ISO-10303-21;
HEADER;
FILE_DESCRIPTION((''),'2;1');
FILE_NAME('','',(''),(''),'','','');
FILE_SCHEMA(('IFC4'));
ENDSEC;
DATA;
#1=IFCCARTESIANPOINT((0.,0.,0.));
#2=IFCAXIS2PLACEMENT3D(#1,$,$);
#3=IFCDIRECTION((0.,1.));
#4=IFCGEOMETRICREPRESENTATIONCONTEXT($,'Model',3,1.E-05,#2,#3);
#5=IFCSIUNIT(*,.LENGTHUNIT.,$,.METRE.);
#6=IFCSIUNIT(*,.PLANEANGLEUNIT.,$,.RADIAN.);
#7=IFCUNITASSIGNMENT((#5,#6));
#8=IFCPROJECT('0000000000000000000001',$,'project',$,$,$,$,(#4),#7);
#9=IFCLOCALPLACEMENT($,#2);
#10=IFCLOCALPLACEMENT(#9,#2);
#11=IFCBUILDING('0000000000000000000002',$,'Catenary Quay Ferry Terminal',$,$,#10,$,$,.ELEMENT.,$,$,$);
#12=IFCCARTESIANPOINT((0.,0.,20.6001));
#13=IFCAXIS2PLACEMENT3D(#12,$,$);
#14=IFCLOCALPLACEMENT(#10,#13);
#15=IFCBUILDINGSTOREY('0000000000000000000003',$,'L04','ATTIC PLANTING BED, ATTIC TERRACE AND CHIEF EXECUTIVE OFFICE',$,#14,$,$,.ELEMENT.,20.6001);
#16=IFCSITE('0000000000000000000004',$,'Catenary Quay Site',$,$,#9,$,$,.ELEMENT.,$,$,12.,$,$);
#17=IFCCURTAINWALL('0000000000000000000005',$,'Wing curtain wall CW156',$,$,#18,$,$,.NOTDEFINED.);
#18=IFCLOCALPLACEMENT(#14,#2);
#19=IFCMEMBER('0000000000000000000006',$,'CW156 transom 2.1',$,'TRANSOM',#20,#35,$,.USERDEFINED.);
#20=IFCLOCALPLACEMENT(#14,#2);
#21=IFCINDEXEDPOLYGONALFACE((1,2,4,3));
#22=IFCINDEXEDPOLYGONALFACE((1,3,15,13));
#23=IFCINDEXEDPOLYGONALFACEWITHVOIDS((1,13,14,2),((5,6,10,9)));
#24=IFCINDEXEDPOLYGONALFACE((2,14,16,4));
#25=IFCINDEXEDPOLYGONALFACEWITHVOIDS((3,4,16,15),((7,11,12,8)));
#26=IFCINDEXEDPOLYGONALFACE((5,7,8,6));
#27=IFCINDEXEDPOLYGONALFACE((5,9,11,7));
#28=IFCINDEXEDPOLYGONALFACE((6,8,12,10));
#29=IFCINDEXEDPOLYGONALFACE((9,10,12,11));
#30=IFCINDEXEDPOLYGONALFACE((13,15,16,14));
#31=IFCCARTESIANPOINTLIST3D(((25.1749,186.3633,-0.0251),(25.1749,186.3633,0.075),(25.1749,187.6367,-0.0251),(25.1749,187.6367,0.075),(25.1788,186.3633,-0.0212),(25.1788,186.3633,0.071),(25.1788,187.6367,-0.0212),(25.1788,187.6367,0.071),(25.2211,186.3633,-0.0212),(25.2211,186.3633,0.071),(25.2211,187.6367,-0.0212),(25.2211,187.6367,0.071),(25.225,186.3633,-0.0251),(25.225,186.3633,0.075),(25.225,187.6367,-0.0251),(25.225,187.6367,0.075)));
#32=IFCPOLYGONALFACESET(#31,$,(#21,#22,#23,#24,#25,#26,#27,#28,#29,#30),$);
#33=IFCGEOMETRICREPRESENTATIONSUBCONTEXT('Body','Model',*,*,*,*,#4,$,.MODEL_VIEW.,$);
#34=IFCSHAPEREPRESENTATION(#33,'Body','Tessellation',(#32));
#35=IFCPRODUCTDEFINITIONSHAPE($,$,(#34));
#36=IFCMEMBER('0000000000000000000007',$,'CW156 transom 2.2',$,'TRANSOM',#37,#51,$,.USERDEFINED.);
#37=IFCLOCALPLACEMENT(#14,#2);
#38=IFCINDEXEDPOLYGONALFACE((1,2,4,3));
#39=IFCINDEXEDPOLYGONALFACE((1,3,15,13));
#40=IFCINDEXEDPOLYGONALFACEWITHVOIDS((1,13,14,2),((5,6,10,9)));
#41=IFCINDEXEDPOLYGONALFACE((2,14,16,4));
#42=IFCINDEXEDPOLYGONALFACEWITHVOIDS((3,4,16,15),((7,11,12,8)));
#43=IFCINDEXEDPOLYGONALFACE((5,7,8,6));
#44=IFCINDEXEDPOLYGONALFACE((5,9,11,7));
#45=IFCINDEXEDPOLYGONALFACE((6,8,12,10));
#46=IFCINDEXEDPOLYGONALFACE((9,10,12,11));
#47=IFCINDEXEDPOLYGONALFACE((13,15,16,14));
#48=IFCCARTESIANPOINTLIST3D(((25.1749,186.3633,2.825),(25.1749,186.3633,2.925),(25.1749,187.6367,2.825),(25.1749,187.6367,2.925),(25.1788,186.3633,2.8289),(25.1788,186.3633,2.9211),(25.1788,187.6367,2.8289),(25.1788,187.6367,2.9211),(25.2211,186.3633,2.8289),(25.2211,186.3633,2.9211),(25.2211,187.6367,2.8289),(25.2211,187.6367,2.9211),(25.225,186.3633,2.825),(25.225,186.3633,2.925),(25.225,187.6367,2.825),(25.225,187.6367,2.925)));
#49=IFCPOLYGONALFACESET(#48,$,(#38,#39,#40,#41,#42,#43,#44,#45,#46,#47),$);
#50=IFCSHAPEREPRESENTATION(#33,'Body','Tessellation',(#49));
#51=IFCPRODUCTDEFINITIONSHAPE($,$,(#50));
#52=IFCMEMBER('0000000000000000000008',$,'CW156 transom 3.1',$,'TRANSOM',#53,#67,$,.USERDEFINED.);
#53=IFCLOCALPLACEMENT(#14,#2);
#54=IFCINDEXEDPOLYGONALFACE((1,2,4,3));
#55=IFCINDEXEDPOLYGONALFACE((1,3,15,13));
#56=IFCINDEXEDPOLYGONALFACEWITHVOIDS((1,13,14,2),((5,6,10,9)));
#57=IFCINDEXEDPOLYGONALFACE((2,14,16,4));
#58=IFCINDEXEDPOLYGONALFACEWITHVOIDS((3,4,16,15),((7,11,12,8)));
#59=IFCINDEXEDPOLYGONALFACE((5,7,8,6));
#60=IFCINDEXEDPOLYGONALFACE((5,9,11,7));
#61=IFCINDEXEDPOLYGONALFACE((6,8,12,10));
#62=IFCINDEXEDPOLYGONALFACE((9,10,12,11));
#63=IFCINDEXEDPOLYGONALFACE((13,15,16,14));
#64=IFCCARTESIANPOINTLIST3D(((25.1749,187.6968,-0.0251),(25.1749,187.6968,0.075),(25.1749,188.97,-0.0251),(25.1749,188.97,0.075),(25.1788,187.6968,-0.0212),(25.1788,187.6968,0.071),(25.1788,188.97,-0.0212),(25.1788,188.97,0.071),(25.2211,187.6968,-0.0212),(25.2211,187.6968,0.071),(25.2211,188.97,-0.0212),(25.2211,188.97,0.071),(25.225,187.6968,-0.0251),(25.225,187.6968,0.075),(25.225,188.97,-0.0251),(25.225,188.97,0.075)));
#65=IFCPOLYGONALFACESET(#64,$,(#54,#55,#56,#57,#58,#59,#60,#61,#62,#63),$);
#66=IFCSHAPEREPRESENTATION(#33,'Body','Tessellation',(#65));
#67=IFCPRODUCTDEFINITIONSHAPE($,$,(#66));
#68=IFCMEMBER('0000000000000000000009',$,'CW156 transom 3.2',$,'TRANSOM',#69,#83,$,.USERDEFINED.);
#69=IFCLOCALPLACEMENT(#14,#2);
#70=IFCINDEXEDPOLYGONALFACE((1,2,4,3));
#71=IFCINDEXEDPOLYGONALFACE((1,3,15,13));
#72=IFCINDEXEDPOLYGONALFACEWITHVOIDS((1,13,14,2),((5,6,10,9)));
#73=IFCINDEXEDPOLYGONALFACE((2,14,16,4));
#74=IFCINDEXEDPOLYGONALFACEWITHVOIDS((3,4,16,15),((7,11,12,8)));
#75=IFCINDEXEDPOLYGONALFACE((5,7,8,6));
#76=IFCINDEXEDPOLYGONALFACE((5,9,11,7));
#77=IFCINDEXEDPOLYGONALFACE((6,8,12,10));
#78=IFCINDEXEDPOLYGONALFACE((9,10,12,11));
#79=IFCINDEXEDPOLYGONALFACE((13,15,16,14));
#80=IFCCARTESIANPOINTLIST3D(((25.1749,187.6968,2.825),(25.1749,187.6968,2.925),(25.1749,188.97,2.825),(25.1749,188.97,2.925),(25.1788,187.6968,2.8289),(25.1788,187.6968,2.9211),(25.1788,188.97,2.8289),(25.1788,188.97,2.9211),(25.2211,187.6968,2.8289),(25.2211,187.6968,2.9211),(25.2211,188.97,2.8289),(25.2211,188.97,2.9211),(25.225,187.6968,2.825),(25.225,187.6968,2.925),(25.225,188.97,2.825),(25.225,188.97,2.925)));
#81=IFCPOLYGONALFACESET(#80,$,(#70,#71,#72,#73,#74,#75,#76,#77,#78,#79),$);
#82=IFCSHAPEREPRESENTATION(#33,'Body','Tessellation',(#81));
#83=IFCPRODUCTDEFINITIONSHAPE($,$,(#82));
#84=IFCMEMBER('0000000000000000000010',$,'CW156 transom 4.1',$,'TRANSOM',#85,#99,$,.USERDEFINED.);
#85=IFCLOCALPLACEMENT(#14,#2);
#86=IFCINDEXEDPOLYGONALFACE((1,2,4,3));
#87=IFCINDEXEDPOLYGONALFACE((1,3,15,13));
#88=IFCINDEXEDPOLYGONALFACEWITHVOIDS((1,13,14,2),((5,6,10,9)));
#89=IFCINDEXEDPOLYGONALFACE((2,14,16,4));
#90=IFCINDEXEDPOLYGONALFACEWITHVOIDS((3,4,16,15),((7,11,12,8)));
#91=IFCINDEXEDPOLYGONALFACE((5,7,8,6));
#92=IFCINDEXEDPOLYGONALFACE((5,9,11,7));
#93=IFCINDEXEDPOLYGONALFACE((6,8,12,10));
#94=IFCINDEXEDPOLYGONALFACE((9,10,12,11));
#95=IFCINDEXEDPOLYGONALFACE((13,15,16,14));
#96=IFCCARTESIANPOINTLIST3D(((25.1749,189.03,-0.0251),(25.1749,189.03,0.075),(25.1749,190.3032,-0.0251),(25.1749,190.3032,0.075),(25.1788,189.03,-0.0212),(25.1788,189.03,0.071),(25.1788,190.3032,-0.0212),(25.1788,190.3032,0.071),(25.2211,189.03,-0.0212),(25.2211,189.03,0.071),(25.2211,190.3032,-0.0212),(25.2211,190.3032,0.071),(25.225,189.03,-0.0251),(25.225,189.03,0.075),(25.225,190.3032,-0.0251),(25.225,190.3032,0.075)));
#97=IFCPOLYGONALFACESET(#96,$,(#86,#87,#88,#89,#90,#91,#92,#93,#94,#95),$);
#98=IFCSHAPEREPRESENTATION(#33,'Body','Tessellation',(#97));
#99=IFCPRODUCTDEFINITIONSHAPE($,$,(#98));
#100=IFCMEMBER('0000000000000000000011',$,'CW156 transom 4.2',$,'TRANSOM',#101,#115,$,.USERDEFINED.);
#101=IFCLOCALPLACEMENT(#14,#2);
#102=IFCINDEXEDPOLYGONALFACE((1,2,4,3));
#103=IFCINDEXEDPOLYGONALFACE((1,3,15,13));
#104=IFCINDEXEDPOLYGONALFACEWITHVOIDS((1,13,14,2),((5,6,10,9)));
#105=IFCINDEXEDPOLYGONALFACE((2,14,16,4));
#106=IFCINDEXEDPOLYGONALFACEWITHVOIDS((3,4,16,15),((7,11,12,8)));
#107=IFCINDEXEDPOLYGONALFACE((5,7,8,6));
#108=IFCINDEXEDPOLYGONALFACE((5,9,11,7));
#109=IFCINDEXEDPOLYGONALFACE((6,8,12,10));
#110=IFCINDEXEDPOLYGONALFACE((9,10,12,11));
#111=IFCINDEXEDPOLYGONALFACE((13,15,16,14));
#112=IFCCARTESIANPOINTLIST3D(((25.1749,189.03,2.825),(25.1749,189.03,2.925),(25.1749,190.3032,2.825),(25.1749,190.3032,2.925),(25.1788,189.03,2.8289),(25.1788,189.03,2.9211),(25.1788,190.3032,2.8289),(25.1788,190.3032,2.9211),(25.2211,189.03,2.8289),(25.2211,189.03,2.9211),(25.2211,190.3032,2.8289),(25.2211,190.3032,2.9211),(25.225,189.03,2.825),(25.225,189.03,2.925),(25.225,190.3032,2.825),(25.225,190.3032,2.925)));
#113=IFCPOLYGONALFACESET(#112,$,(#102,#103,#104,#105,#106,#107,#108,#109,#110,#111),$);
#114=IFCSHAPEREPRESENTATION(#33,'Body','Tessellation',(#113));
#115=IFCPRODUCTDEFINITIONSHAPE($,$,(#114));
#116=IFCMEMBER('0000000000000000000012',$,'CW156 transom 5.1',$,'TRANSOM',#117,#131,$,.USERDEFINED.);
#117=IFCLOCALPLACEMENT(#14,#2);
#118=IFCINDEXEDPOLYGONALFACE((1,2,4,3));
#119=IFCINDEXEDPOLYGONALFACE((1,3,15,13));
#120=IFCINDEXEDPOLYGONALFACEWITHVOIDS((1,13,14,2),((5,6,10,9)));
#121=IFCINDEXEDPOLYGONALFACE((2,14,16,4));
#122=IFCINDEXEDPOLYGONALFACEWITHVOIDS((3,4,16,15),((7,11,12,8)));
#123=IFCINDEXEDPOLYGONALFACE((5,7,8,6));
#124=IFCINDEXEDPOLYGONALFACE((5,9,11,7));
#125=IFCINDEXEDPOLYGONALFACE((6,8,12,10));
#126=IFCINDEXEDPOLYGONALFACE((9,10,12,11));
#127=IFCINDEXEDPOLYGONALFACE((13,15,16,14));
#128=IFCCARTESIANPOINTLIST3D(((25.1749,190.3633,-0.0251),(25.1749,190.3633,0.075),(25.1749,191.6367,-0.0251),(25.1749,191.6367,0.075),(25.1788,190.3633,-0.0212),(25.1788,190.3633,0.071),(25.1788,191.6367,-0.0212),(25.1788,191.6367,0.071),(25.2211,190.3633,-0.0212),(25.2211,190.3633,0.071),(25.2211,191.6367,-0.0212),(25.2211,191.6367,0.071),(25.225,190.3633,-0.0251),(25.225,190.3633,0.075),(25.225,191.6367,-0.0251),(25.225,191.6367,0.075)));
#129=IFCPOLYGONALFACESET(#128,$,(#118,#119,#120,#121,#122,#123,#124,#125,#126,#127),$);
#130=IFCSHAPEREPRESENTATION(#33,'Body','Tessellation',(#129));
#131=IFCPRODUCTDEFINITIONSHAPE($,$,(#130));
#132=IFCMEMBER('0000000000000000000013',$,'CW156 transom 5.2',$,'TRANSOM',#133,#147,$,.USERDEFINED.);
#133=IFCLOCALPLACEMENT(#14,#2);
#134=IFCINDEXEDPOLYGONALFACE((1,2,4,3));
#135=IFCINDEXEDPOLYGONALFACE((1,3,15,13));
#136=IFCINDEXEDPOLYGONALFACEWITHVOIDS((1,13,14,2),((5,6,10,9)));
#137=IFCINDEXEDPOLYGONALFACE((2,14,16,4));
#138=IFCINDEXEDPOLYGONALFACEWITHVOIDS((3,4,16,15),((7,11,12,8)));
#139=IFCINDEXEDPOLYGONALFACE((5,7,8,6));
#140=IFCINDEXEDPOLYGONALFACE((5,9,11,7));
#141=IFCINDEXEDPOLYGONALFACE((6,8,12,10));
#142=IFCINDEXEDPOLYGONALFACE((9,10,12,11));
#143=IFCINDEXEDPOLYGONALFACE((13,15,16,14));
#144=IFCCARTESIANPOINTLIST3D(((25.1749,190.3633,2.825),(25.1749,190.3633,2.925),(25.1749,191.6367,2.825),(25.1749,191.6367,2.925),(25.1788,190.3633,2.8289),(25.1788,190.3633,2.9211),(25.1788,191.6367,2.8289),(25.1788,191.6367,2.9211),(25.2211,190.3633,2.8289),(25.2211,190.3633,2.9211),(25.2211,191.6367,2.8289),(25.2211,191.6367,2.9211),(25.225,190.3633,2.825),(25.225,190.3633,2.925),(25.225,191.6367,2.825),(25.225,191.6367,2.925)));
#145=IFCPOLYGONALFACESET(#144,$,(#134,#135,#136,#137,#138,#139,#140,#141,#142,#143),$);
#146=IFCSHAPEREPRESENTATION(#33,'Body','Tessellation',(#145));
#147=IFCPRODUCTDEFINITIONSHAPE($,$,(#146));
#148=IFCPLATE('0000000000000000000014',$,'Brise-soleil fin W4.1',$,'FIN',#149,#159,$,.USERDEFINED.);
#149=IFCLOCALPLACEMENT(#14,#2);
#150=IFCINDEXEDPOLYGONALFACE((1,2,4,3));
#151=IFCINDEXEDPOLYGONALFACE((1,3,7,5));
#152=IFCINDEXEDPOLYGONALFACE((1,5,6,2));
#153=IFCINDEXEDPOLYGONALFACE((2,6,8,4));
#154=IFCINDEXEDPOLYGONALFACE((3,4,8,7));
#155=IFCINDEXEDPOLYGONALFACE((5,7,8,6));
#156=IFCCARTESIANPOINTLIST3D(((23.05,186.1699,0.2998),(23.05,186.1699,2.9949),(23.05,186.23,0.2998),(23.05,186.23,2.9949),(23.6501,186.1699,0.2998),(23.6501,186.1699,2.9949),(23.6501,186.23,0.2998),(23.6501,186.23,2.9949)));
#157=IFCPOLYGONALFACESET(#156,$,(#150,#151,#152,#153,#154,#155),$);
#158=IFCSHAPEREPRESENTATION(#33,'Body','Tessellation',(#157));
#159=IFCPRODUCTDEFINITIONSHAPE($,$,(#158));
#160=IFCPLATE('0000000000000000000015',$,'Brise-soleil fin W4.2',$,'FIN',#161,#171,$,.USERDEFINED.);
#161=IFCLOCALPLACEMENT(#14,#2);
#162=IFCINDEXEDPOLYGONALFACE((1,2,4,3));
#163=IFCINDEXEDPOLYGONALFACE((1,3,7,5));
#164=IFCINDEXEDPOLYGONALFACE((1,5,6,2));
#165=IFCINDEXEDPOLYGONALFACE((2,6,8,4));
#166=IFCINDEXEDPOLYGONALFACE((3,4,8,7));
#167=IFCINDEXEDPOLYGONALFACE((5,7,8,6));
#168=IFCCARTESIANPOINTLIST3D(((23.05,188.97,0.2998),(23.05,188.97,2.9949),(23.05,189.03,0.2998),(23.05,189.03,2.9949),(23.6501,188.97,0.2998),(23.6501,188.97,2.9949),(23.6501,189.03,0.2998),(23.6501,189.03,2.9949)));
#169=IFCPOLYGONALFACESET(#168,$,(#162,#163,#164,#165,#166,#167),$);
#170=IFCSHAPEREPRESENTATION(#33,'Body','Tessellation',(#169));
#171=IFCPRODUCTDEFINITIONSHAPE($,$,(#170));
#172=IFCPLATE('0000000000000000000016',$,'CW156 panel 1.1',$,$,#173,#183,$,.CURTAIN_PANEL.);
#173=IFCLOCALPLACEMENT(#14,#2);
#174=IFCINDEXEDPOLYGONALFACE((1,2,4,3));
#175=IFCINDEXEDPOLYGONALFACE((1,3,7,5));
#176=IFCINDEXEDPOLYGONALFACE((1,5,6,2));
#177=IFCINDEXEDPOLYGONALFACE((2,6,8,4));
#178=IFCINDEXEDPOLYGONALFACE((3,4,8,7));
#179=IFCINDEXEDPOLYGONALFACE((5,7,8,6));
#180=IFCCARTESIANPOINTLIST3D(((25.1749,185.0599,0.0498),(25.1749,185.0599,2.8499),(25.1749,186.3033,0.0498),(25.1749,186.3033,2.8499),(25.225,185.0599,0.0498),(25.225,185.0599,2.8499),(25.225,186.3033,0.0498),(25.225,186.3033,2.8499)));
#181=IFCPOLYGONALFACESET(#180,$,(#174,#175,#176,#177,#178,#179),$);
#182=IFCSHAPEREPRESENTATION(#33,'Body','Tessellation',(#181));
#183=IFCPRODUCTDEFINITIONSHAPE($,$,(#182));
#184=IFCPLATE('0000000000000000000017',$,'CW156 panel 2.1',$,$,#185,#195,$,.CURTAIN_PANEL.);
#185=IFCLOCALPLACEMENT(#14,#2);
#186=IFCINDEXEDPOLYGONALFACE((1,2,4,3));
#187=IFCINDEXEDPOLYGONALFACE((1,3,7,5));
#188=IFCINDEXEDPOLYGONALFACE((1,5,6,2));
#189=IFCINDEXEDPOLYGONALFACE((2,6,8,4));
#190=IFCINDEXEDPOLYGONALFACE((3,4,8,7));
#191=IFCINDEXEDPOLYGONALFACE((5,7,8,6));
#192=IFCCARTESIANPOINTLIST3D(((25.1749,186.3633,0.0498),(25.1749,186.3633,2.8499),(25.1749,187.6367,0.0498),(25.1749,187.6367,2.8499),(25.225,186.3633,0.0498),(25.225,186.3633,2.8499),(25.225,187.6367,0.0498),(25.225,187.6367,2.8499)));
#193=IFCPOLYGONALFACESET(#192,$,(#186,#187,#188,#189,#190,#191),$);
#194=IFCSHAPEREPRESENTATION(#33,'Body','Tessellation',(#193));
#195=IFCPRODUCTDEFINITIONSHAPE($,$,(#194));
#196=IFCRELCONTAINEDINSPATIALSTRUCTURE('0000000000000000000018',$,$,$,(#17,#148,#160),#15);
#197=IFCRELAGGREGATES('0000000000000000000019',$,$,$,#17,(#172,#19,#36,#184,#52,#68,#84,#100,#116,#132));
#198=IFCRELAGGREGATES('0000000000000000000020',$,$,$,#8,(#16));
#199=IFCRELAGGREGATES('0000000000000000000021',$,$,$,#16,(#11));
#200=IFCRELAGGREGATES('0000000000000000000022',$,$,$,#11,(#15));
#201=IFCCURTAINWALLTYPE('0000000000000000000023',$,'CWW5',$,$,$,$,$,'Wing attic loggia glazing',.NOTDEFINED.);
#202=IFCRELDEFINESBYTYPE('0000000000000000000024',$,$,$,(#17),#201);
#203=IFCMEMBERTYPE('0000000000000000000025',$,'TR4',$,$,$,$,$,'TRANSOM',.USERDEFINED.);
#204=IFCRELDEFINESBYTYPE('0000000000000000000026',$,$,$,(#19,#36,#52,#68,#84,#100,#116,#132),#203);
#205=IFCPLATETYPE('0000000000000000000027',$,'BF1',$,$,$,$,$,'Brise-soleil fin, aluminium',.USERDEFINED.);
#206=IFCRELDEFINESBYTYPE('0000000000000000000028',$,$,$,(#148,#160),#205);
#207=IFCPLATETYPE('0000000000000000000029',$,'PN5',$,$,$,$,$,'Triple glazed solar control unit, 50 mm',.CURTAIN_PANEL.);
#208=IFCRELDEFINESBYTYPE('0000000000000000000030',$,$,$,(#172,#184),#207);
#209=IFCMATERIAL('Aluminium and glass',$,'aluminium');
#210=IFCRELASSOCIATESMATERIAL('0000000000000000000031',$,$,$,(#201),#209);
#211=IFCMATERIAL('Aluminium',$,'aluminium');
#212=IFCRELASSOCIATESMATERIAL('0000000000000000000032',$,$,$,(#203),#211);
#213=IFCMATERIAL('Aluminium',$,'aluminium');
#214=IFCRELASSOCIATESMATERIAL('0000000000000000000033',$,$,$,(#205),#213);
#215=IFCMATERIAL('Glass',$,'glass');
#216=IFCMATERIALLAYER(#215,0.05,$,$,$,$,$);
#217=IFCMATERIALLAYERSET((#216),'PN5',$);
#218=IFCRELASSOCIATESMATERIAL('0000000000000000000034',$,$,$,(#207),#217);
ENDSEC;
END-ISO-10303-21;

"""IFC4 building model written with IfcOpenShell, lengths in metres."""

from ifc_helpers import new_model, si_unit, direction, frame, origin, origin_2d, place, context, subcontext, project, spatial, rectangle, hollow_rectangle, extrude, material, layer, layer_set, material_profile, profile_set, type_object, element, aggregate, save


model = new_model("IFC4")

# Units and contexts
model_context = context("Model", 3, precision=1e-05, world=origin(), true_north=direction((0.0, 1.0)))
body_context = subcontext(model_context, "Body", "Model", "MODEL_VIEW")
ifc_project = project(units=[si_unit("LENGTHUNIT", "METRE"), si_unit("PLANEANGLEUNIT", "RADIAN")], contexts=[model_context])

# Site, building, storey
site_placement = place(None, origin())
site = spatial("IfcSite", under=ifc_project, at=site_placement, Name="Catenary Quay Site", CompositionType="ELEMENT", RefElevation=12.0)
building_placement = place(site_placement, origin())
building = spatial("IfcBuilding", under=site, at=building_placement, Name="Catenary Quay Ferry Terminal", CompositionType="ELEMENT")
storey_placement = place(building_placement, frame((0.0, 0.0, 20.6001)))
storey = spatial("IfcBuildingStorey", under=building, at=storey_placement, Name="L04", Description="ATTIC PLANTING BED, ATTIC TERRACE AND CHIEF EXECUTIVE OFFICE", CompositionType="ELEMENT", Elevation=20.6001)

# Curtain wall, members
ifc_material_1 = material(Name="Aluminium and glass", Category="aluminium")
curtain_wall_type = type_object("IfcCurtainWallType", Name="CWW5", ElementType="Wing attic loggia glazing", PredefinedType="NOTDEFINED", material=ifc_material_1)
curtain_wall_placement = place(storey_placement, origin())
curtain_wall = element("IfcCurtainWall", 1, at=curtain_wall_placement, inside=storey, type_object=curtain_wall_type, Name="Wing curtain wall CW156", PredefinedType="NOTDEFINED")
ifc_material_2 = material(Name="Aluminium", Category="aluminium")
ifc_material_profile_1 = material_profile(ifc_material_2, hollow_rectangle(XDim=0.05, YDim=0.1001, WallThickness=0.0039, at=origin_2d()), Name="TR4")
ifc_profile_set_1 = profile_set([ifc_material_profile_1], Name="Aluminium")
member_type_1 = type_object("IfcMemberType", Name="TR4", ElementType="TRANSOM", PredefinedType="USERDEFINED", material=ifc_profile_set_1)
member_1_placement = place(storey_placement, frame((25.2, 186.3633, 0.0249), z_axis=(0.0, 1.0, 0.0), x_axis=(-1.0, 0.0, 0.0)))
member_1 = element("IfcMember", 2, at=member_1_placement, type_object=member_type_1, Name="CW156 transom 2.1", ObjectType="TRANSOM", PredefinedType="USERDEFINED", context=body_context, shape_type="SweptSolid", body=[
    extrude(hollow_rectangle(XDim=0.05, YDim=0.1001, WallThickness=0.0039, at=origin_2d()), origin(), (0.0, 0.0, 1.0), 1.2734),
])
member_2_placement = place(storey_placement, frame((25.2, 186.3633, 2.875), z_axis=(0.0, 1.0, 0.0), x_axis=(-1.0, 0.0, 0.0)))
member_2 = element("IfcMember", 3, at=member_2_placement, type_object=member_type_1, Name="CW156 transom 2.2", ObjectType="TRANSOM", PredefinedType="USERDEFINED", context=body_context, shape_type="SweptSolid", body=[
    extrude(hollow_rectangle(XDim=0.05, YDim=0.1001, WallThickness=0.0039, at=origin_2d()), origin(), (0.0, 0.0, 1.0), 1.2734),
])
member_3_placement = place(storey_placement, frame((25.2, 187.6968, 0.0249), z_axis=(0.0, 1.0, 0.0), x_axis=(-1.0, 0.0, 0.0)))
member_3 = element("IfcMember", 4, at=member_3_placement, type_object=member_type_1, Name="CW156 transom 3.1", ObjectType="TRANSOM", PredefinedType="USERDEFINED", context=body_context, shape_type="SweptSolid", body=[
    extrude(hollow_rectangle(XDim=0.05, YDim=0.1001, WallThickness=0.0039, at=origin_2d()), origin(), (0.0, 0.0, 1.0), 1.2732),
])
member_4_placement = place(storey_placement, frame((25.2, 187.6968, 2.875), z_axis=(0.0, 1.0, 0.0), x_axis=(-1.0, 0.0, 0.0)))
member_4 = element("IfcMember", 5, at=member_4_placement, type_object=member_type_1, Name="CW156 transom 3.2", ObjectType="TRANSOM", PredefinedType="USERDEFINED", context=body_context, shape_type="SweptSolid", body=[
    extrude(hollow_rectangle(XDim=0.05, YDim=0.1001, WallThickness=0.0039, at=origin_2d()), origin(), (0.0, 0.0, 1.0), 1.2732),
])
member_5_placement = place(storey_placement, frame((25.2, 189.03, 0.0249), z_axis=(0.0, 1.0, 0.0), x_axis=(-1.0, 0.0, 0.0)))
member_5 = element("IfcMember", 6, at=member_5_placement, type_object=member_type_1, Name="CW156 transom 4.1", ObjectType="TRANSOM", PredefinedType="USERDEFINED", context=body_context, shape_type="SweptSolid", body=[
    extrude(hollow_rectangle(XDim=0.05, YDim=0.1001, WallThickness=0.0039, at=origin_2d()), origin(), (0.0, 0.0, 1.0), 1.2732),
])
member_6_placement = place(storey_placement, frame((25.2, 189.03, 2.875), z_axis=(0.0, 1.0, 0.0), x_axis=(-1.0, 0.0, 0.0)))
member_6 = element("IfcMember", 7, at=member_6_placement, type_object=member_type_1, Name="CW156 transom 4.2", ObjectType="TRANSOM", PredefinedType="USERDEFINED", context=body_context, shape_type="SweptSolid", body=[
    extrude(hollow_rectangle(XDim=0.05, YDim=0.1001, WallThickness=0.0039, at=origin_2d()), origin(), (0.0, 0.0, 1.0), 1.2732),
])
member_7_placement = place(storey_placement, frame((25.2, 190.3633, 0.0249), z_axis=(0.0, 1.0, 0.0), x_axis=(-1.0, 0.0, 0.0)))
member_7 = element("IfcMember", 8, at=member_7_placement, type_object=member_type_1, Name="CW156 transom 5.1", ObjectType="TRANSOM", PredefinedType="USERDEFINED", context=body_context, shape_type="SweptSolid", body=[
    extrude(hollow_rectangle(XDim=0.05, YDim=0.1001, WallThickness=0.0039, at=origin_2d()), origin(), (0.0, 0.0, 1.0), 1.2734),
])
member_8_placement = place(storey_placement, frame((25.2, 190.3633, 2.875), z_axis=(0.0, 1.0, 0.0), x_axis=(-1.0, 0.0, 0.0)))
member_8 = element("IfcMember", 9, at=member_8_placement, type_object=member_type_1, Name="CW156 transom 5.2", ObjectType="TRANSOM", PredefinedType="USERDEFINED", context=body_context, shape_type="SweptSolid", body=[
    extrude(hollow_rectangle(XDim=0.05, YDim=0.1001, WallThickness=0.0039, at=origin_2d()), origin(), (0.0, 0.0, 1.0), 1.2734),
])

# Plates
ifc_material_3 = material(Name="Aluminium", Category="aluminium")
ifc_material_profile_2 = material_profile(ifc_material_3, rectangle(XDim=0.0601, YDim=0.6001, at=origin_2d()), Name="BF1")
ifc_profile_set_2 = profile_set([ifc_material_profile_2], Name="Aluminium")
plate_type_1 = type_object("IfcPlateType", Name="BF1", ElementType="Brise-soleil fin, aluminium", PredefinedType="USERDEFINED", material=ifc_profile_set_2)
for number, where, z_axis, x_axis, name in (
    (10, (23.3501, 186.2, 0.2998), (0.0, 0.0, 1.0), (0.0, 1.0, 0.0), "Brise-soleil fin W4.1"),
    (11, (23.3501, 189.0, 0.2998), (0.0, 0.0, 1.0), (0.0, 1.0, 0.0), "Brise-soleil fin W4.2"),
):
    element("IfcPlate", number, at=place(storey_placement, frame(where, z_axis=z_axis, x_axis=x_axis)), inside=storey, type_object=plate_type_1, Name=name, ObjectType="FIN", PredefinedType="USERDEFINED", context=body_context, shape_type="SweptSolid", body=[
        extrude(rectangle(XDim=0.0601, YDim=0.6001, at=origin_2d()), origin(), (0.0, 0.0, 1.0), 2.6951),
    ])

# Plates
ifc_material_4 = material(Name="Glass", Category="glass")
ifc_layer_1 = layer(ifc_material_4, 0.05)
ifc_layer_set_1 = layer_set([ifc_layer_1], Name="PN5")
plate_type_2 = type_object("IfcPlateType", Name="PN5", ElementType="Triple glazed solar control unit, 50 mm", PredefinedType="CURTAIN_PANEL", material=ifc_layer_set_1)
plate_1_placement = place(storey_placement, frame((25.2, 185.6816, 0.0498), z_axis=(0.0, 0.0, 1.0), x_axis=(0.0, 1.0, 0.0)))
plate_1 = element("IfcPlate", 12, at=plate_1_placement, type_object=plate_type_2, Name="CW156 panel 1.1", PredefinedType="CURTAIN_PANEL", context=body_context, shape_type="SweptSolid", body=[
    extrude(rectangle(XDim=1.2434, YDim=0.05, at=origin_2d()), origin(), (0.0, 0.0, 1.0), 2.8),
])
plate_2_placement = place(storey_placement, frame((25.2, 187.0, 0.0498), z_axis=(0.0, 0.0, 1.0), x_axis=(0.0, 1.0, 0.0)))
plate_2 = element("IfcPlate", 13, at=plate_2_placement, type_object=plate_type_2, Name="CW156 panel 2.1", PredefinedType="CURTAIN_PANEL", context=body_context, shape_type="SweptSolid", body=[
    extrude(rectangle(XDim=1.2734, YDim=0.05, at=origin_2d()), origin(), (0.0, 0.0, 1.0), 2.8),
])
aggregate(curtain_wall, [plate_1, member_1, member_2, plate_2, member_3, member_4, member_5, member_6, member_7, member_8])

save(model, "model.ifc")
